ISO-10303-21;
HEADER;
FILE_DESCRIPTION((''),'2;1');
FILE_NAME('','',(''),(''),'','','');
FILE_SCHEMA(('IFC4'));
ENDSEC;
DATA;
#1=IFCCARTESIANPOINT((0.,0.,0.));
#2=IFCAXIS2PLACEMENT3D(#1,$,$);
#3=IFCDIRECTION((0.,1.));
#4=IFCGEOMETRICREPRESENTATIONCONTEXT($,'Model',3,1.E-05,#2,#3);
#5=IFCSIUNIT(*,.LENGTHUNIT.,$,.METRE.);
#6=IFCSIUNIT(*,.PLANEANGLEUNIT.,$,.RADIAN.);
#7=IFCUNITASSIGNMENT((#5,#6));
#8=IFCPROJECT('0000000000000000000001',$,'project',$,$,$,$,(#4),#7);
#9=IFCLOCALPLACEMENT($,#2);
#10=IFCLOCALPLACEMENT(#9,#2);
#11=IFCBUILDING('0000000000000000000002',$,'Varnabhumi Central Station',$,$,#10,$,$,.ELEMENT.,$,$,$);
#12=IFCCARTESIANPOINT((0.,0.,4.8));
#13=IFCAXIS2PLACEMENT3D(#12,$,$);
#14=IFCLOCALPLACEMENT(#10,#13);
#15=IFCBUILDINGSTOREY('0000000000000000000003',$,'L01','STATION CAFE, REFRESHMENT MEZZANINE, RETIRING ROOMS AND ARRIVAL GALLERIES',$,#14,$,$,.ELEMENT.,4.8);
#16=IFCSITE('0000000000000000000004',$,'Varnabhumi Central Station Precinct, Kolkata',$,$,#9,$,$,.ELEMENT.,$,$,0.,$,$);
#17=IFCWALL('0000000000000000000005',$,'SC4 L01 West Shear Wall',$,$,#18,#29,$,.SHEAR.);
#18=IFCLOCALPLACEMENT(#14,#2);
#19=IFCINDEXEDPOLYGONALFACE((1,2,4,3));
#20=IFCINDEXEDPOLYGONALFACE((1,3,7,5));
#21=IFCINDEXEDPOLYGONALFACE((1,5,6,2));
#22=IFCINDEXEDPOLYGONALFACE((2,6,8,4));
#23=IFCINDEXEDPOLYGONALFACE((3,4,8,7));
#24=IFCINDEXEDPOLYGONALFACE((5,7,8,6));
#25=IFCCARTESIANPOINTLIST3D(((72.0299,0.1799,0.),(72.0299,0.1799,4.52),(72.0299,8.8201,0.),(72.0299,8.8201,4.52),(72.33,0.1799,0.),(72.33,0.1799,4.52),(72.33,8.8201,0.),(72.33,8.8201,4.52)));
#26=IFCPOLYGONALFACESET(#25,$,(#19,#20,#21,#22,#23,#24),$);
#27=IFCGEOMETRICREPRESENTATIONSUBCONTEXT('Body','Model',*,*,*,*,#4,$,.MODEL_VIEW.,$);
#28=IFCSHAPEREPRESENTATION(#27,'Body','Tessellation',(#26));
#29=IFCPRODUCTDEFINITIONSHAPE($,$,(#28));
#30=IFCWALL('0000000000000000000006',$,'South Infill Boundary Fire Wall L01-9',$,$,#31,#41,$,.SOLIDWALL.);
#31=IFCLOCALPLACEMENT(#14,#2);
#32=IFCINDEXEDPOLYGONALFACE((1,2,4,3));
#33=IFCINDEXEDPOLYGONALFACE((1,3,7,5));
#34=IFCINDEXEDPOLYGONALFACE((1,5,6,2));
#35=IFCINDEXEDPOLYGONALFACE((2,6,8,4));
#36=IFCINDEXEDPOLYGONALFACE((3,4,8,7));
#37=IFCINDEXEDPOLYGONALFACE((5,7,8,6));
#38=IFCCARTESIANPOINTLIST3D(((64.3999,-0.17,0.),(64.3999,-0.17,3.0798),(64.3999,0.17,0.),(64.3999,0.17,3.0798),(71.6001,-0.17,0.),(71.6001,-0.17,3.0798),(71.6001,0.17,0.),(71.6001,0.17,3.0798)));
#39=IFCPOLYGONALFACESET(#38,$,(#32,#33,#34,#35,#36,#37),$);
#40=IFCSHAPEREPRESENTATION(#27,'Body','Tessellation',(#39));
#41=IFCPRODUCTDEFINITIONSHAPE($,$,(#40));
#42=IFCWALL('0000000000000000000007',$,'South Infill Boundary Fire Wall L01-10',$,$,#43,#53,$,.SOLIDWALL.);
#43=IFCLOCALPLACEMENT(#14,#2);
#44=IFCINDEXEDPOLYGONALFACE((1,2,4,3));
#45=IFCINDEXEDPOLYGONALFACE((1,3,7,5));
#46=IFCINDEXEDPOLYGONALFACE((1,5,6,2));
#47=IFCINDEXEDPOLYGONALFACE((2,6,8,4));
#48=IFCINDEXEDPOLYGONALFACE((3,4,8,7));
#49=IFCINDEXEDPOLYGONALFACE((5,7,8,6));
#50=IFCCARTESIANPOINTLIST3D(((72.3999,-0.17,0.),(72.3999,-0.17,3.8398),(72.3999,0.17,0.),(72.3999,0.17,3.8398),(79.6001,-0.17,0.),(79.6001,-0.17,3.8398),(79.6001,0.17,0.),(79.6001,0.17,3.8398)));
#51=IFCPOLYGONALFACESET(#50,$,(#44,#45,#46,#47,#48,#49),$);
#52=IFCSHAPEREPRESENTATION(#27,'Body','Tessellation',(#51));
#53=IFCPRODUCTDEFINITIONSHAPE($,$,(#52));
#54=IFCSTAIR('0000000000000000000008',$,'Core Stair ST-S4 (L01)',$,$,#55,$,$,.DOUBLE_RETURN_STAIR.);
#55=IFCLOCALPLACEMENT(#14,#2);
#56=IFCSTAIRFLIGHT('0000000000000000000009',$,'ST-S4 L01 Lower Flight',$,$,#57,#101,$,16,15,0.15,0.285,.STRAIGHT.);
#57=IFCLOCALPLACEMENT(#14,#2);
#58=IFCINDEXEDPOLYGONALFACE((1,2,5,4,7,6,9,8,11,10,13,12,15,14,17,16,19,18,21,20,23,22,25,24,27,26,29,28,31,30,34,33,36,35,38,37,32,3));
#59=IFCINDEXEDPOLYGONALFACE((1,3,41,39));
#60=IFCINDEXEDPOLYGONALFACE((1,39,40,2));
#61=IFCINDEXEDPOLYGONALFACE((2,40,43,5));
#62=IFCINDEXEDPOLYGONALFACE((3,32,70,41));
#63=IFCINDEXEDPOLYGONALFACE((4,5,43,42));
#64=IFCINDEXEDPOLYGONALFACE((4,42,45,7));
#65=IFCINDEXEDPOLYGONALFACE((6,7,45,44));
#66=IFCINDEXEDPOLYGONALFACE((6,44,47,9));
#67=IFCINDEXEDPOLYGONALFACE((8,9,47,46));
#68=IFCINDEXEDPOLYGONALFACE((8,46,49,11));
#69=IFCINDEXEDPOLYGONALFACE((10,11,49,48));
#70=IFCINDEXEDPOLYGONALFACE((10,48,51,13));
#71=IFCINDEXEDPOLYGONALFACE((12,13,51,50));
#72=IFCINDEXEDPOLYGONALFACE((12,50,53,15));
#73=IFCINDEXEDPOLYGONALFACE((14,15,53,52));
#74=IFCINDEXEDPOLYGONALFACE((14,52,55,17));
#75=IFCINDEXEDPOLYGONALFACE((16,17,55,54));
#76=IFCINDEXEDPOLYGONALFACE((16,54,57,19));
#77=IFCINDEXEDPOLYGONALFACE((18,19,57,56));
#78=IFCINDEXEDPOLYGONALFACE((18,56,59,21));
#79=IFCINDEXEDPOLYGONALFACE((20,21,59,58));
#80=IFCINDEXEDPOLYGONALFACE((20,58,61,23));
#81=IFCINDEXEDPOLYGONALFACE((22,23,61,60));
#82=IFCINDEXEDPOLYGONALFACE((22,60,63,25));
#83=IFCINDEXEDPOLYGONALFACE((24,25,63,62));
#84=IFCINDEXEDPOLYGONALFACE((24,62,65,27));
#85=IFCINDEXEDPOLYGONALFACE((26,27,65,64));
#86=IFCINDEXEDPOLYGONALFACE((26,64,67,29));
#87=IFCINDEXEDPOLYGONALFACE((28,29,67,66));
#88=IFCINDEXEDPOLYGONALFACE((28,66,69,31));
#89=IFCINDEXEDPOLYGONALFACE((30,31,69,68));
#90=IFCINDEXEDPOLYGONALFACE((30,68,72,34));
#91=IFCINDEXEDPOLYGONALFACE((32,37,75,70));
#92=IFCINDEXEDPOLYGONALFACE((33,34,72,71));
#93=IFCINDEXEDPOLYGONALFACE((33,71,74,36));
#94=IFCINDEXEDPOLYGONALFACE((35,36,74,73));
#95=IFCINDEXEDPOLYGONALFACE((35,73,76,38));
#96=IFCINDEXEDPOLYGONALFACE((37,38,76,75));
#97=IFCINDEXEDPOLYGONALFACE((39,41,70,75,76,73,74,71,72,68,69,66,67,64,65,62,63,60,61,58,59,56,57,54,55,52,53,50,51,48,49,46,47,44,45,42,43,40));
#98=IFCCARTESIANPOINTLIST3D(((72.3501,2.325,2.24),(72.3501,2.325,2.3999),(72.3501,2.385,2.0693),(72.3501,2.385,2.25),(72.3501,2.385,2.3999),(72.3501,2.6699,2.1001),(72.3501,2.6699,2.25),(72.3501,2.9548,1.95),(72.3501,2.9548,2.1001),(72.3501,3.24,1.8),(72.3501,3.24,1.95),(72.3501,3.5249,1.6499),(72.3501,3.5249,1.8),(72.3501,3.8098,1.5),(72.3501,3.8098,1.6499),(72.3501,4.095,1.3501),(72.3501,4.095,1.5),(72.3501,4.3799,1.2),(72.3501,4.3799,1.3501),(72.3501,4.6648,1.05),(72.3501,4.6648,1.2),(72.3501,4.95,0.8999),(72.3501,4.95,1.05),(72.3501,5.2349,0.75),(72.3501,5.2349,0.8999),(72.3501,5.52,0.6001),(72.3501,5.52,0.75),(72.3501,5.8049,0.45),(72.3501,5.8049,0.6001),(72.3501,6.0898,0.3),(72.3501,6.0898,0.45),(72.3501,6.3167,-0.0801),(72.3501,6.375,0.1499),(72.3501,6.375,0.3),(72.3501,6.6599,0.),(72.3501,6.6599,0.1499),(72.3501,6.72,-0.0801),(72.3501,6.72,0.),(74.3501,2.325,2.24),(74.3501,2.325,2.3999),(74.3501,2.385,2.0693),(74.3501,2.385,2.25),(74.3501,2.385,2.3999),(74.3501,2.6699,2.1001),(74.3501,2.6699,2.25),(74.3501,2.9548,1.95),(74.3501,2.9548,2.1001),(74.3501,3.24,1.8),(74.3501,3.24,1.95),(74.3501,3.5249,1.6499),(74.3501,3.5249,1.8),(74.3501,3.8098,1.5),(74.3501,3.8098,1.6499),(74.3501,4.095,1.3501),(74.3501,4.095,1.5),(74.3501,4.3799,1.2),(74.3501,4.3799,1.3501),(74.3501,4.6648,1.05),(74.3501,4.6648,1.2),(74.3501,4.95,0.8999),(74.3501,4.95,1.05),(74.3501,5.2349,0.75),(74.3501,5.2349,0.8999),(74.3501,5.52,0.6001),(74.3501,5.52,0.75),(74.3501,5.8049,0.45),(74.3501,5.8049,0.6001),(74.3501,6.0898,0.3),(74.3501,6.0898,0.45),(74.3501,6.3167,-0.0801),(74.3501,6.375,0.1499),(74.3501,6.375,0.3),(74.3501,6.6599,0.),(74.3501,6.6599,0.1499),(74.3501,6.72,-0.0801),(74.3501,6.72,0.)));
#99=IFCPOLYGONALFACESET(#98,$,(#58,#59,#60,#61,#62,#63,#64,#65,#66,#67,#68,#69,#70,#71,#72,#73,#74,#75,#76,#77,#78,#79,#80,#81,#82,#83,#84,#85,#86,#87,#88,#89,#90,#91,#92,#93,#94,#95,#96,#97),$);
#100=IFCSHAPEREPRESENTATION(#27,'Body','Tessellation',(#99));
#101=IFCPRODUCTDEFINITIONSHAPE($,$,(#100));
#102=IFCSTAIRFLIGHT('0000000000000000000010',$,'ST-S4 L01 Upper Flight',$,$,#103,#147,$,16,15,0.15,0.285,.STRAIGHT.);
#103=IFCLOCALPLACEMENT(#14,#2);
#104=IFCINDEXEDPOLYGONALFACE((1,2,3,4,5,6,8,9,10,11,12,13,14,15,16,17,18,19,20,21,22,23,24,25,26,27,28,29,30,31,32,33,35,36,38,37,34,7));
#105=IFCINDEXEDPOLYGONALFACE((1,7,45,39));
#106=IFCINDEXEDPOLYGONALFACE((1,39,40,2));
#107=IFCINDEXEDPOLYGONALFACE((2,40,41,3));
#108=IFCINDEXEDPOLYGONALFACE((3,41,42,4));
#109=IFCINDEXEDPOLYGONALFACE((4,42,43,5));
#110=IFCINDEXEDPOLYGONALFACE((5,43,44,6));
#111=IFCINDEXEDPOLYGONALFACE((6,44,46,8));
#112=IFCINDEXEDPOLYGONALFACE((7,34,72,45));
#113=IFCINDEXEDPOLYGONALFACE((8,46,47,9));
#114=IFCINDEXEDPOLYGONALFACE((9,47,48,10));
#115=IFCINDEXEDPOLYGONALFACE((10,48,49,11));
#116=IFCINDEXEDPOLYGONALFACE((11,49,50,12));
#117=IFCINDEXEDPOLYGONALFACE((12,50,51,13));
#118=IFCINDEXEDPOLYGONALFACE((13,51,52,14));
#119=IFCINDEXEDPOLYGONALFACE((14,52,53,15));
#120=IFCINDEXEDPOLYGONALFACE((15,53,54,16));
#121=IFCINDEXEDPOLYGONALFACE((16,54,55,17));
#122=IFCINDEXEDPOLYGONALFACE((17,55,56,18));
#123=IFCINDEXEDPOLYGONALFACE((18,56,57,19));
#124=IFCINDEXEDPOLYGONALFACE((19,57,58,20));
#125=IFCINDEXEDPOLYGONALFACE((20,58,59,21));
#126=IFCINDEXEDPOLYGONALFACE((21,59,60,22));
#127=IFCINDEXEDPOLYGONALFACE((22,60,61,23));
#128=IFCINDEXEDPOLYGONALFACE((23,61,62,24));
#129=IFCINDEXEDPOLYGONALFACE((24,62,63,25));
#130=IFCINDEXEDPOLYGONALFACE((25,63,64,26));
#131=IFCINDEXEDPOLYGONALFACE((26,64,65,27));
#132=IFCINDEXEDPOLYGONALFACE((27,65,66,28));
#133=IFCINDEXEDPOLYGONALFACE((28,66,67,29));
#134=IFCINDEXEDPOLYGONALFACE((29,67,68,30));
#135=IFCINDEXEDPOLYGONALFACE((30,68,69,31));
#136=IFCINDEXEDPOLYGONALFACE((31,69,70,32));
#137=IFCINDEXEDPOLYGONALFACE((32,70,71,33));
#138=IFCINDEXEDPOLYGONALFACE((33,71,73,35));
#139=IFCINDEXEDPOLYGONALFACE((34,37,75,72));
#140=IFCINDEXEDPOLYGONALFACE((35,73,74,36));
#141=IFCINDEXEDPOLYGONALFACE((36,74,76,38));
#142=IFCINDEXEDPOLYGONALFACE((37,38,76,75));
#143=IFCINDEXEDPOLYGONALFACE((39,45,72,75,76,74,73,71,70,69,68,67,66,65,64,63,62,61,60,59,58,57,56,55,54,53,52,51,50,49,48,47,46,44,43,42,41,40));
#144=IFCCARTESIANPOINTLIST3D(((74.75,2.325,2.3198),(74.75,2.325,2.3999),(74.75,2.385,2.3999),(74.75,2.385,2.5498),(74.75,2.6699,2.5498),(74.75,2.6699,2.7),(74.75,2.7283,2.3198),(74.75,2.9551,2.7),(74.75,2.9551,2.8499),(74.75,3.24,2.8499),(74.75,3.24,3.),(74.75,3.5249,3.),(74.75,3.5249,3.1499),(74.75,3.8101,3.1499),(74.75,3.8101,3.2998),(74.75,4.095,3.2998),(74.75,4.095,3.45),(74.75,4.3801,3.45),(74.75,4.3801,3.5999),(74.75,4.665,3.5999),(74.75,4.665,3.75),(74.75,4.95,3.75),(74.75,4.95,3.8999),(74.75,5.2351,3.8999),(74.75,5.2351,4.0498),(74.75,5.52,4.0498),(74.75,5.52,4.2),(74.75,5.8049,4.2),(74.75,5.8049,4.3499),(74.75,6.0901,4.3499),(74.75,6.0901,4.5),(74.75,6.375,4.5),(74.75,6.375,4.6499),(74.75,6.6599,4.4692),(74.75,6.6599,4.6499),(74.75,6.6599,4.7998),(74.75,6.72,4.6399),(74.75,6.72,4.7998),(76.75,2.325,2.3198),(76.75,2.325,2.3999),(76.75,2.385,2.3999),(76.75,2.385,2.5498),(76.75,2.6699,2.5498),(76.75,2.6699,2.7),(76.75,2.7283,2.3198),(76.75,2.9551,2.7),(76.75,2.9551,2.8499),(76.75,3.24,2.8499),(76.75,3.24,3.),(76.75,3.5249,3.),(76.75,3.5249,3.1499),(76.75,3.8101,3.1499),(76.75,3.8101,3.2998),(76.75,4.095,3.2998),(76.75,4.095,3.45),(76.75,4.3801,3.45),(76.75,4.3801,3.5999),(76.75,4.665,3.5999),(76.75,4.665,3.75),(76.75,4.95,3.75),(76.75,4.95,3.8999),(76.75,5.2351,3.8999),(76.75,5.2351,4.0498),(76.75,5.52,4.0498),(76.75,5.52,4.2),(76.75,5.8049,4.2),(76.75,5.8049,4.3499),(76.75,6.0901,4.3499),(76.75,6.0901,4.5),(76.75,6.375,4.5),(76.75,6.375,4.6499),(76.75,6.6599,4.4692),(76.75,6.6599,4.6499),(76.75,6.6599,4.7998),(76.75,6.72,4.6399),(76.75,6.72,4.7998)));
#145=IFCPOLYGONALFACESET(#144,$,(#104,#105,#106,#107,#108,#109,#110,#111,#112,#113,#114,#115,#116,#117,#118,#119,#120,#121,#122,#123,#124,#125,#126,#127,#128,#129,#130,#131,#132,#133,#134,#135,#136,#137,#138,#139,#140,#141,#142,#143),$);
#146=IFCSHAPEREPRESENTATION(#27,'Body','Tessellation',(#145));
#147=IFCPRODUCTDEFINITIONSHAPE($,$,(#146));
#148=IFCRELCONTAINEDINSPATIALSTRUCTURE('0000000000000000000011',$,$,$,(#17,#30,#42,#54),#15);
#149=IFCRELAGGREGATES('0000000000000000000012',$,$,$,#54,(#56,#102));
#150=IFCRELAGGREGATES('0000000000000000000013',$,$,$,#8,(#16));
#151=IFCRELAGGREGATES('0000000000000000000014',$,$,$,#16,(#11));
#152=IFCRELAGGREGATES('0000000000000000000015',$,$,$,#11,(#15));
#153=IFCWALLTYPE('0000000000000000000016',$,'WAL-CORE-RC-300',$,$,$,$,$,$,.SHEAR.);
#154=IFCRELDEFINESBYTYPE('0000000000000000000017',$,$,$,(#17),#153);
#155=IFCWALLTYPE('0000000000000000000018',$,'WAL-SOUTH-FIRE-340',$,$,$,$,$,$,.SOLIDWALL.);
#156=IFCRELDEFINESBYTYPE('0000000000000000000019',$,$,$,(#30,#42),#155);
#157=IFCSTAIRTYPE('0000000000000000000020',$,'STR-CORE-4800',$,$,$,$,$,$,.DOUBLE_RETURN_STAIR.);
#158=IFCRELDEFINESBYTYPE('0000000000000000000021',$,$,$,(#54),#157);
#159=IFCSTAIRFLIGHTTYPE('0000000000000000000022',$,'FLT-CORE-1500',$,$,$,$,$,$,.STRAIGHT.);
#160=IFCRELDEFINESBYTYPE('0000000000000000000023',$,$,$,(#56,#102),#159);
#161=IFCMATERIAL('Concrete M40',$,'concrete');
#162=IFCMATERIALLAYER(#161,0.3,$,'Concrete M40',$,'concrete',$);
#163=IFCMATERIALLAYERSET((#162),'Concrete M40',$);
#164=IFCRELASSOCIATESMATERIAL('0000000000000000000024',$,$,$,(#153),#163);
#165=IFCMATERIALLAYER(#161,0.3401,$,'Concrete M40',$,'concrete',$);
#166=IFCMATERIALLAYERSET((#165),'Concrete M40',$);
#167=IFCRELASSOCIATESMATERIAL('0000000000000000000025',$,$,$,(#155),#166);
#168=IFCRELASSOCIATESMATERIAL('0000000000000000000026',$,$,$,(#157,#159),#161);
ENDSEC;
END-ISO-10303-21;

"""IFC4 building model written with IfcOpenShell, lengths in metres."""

from ifc_helpers import new_model, si_unit, direction, frame, frame_2d, origin, place, context, subcontext, project, spatial, polyline, rectangle, outline, extrude, material, layer, layer_set, type_object, element, aggregate, save


model = new_model("IFC4")

# Units and contexts
model_context = context("Model", 3, precision=1e-05, world=origin(), true_north=direction((0.0, 1.0)))
body_context = subcontext(model_context, "Body", "Model", "MODEL_VIEW")
ifc_project = project(units=[si_unit("LENGTHUNIT", "METRE"), si_unit("PLANEANGLEUNIT", "RADIAN")], contexts=[model_context])

# Site, building, storey
site_placement = place(None, origin())
site = spatial("IfcSite", under=ifc_project, at=site_placement, Name="Varnabhumi Central Station Precinct, Kolkata", CompositionType="ELEMENT", RefElevation=0.0)
building_placement = place(site_placement, origin())
building = spatial("IfcBuilding", under=site, at=building_placement, Name="Varnabhumi Central Station", CompositionType="ELEMENT")
storey_placement = place(building_placement, frame((0.0, 0.0, 4.8)))
storey = spatial("IfcBuildingStorey", under=building, at=storey_placement, Name="L01", Description="STATION CAFE, REFRESHMENT MEZZANINE, RETIRING ROOMS AND ARRIVAL GALLERIES", CompositionType="ELEMENT", Elevation=4.8)

# Shared definitions
ifc_material_1 = material(Name="Concrete M40", Category="concrete")

# Walls
ifc_layer_1 = layer(ifc_material_1, 0.3, Name="Concrete M40", Category="concrete")
ifc_layer_set_1 = layer_set([ifc_layer_1], Name="Concrete M40")
wall_type_1 = type_object("IfcWallType", Name="WAL-CORE-RC-300", PredefinedType="SHEAR", material=ifc_layer_set_1)
wall_1_placement = place(storey_placement, frame((72.1799, 0.1799, 0.0), z_axis=(0.0, 0.0, 1.0), x_axis=(0.0, 1.0, 0.0)))
element("IfcWall", 1, at=wall_1_placement, inside=storey, type_object=wall_type_1, Name="SC4 L01 West Shear Wall", PredefinedType="SHEAR", context=body_context, shape_type="SweptSolid", body=[
    extrude(rectangle(XDim=8.6401, YDim=0.3, at=frame_2d((4.3201, 0.0))), origin(), (0.0, 0.0, 1.0), 4.52),
])
ifc_layer_2 = layer(ifc_material_1, 0.3401, Name="Concrete M40", Category="concrete")
ifc_layer_set_2 = layer_set([ifc_layer_2], Name="Concrete M40")
wall_type_2 = type_object("IfcWallType", Name="WAL-SOUTH-FIRE-340", PredefinedType="SOLIDWALL", material=ifc_layer_set_2)
wall_2_placement = place(storey_placement, frame((64.3999, 0.0, 0.0), z_axis=(0.0, 0.0, 1.0), x_axis=(1.0, 0.0, 0.0)))
element("IfcWall", 2, at=wall_2_placement, inside=storey, type_object=wall_type_2, Name="South Infill Boundary Fire Wall L01-9", PredefinedType="SOLIDWALL", context=body_context, shape_type="SweptSolid", body=[
    extrude(rectangle(XDim=7.2002, YDim=0.3401, at=frame_2d((3.6001, 0.0))), origin(), (0.0, 0.0, 1.0), 3.0798),
])
wall_3_placement = place(storey_placement, frame((72.3999, 0.0, 0.0), z_axis=(0.0, 0.0, 1.0), x_axis=(1.0, 0.0, 0.0)))
element("IfcWall", 3, at=wall_3_placement, inside=storey, type_object=wall_type_2, Name="South Infill Boundary Fire Wall L01-10", PredefinedType="SOLIDWALL", context=body_context, shape_type="SweptSolid", body=[
    extrude(rectangle(XDim=7.2002, YDim=0.3401, at=frame_2d((3.6001, 0.0))), origin(), (0.0, 0.0, 1.0), 3.8398),
])

# Stair, stair flights
stair_type = type_object("IfcStairType", Name="STR-CORE-4800", PredefinedType="DOUBLE_RETURN_STAIR", material=ifc_material_1)
stair_placement = place(storey_placement, origin())
stair = element("IfcStair", 4, at=stair_placement, inside=storey, type_object=stair_type, Name="Core Stair ST-S4 (L01)", PredefinedType="DOUBLE_RETURN_STAIR")
stair_flight_type = type_object("IfcStairFlightType", Name="FLT-CORE-1500", PredefinedType="STRAIGHT", material=ifc_material_1)
stair_flight_1_placement = place(storey_placement, frame((73.3501, 6.6599, 0.0), z_axis=(0.0, 0.0, 1.0), x_axis=(0.0, -1.0, 0.0)))
stair_flight_1 = element("IfcStairFlight", 5, at=stair_flight_1_placement, type_object=stair_flight_type, Name="ST-S4 L01 Lower Flight", NumberOfRisers=16, NumberOfTreads=15, PredefinedType="STRAIGHT", RiserHeight=0.15, TreadLength=0.285, context=body_context, shape_type="SweptSolid", body=[
    extrude(outline(polyline([(-0.0601, -0.0801), (-0.0601, 0.0), (0.0, 0.0), (0.0, 0.1499), (0.2849, 0.1499), (0.2849, 0.3), (0.5701, 0.3), (0.5701, 0.45), (0.855, 0.45), (0.855, 0.6001), (1.1399, 0.6001), (1.1399, 0.75), (1.425, 0.75), (1.425, 0.8999), (1.71, 0.8999), (1.71, 1.05), (1.9951, 1.05), (1.9951, 1.2), (2.28, 1.2), (2.28, 1.3501), (2.5649, 1.3501), (2.5649, 1.5), (2.8501, 1.5), (2.8501, 1.6499), (3.135, 1.6499), (3.135, 1.8), (3.4199, 1.8), (3.4199, 1.95), (3.7051, 1.95), (3.7051, 2.1001), (3.99, 2.1001), (3.99, 2.25), (4.2749, 2.25), (4.2749, 2.3999), (4.335, 2.3999), (4.335, 2.24), (4.2749, 2.0693), (0.3433, -0.0801), (-0.0601, -0.0801)])), frame((0.0, 1.0, 0.0), z_axis=(0.0, -1.0, 0.0), x_axis=(1.0, 0.0, 0.0)), (0.0, 0.0, 1.0), 2.0),
])
stair_flight_2_placement = place(storey_placement, frame((75.75, 2.385, 2.3999), z_axis=(0.0, 0.0, 1.0), x_axis=(0.0, 1.0, 0.0)))
stair_flight_2 = element("IfcStairFlight", 6, at=stair_flight_2_placement, type_object=stair_flight_type, Name="ST-S4 L01 Upper Flight", NumberOfRisers=16, NumberOfTreads=15, PredefinedType="STRAIGHT", RiserHeight=0.15, TreadLength=0.285, context=body_context, shape_type="SweptSolid", body=[
    extrude(outline(polyline([(-0.0601, -0.0801), (-0.0601, 0.0), (0.0, 0.0), (0.0, 0.1499), (0.2849, 0.1499), (0.2849, 0.3), (0.5701, 0.3), (0.5701, 0.45), (0.855, 0.45), (0.855, 0.6001), (1.1399, 0.6001), (1.1399, 0.75), (1.425, 0.75), (1.425, 0.8999), (1.71, 0.8999), (1.71, 1.05), (1.9951, 1.05), (1.9951, 1.2), (2.28, 1.2), (2.28, 1.3501), (2.5649, 1.3501), (2.5649, 1.5), (2.8501, 1.5), (2.8501, 1.6499), (3.135, 1.6499), (3.135, 1.8), (3.4199, 1.8), (3.4199, 1.95), (3.7051, 1.95), (3.7051, 2.1001), (3.99, 2.1001), (3.99, 2.25), (4.2749, 2.25), (4.2749, 2.3999), (4.335, 2.3999), (4.335, 2.24), (4.2749, 2.0693), (0.3433, -0.0801), (-0.0601, -0.0801)])), frame((0.0, 1.0, 0.0), z_axis=(0.0, -1.0, 0.0), x_axis=(1.0, 0.0, 0.0)), (0.0, 0.0, 1.0), 2.0),
])
aggregate(stair, [stair_flight_1, stair_flight_2])

save(model, "model.ifc")
